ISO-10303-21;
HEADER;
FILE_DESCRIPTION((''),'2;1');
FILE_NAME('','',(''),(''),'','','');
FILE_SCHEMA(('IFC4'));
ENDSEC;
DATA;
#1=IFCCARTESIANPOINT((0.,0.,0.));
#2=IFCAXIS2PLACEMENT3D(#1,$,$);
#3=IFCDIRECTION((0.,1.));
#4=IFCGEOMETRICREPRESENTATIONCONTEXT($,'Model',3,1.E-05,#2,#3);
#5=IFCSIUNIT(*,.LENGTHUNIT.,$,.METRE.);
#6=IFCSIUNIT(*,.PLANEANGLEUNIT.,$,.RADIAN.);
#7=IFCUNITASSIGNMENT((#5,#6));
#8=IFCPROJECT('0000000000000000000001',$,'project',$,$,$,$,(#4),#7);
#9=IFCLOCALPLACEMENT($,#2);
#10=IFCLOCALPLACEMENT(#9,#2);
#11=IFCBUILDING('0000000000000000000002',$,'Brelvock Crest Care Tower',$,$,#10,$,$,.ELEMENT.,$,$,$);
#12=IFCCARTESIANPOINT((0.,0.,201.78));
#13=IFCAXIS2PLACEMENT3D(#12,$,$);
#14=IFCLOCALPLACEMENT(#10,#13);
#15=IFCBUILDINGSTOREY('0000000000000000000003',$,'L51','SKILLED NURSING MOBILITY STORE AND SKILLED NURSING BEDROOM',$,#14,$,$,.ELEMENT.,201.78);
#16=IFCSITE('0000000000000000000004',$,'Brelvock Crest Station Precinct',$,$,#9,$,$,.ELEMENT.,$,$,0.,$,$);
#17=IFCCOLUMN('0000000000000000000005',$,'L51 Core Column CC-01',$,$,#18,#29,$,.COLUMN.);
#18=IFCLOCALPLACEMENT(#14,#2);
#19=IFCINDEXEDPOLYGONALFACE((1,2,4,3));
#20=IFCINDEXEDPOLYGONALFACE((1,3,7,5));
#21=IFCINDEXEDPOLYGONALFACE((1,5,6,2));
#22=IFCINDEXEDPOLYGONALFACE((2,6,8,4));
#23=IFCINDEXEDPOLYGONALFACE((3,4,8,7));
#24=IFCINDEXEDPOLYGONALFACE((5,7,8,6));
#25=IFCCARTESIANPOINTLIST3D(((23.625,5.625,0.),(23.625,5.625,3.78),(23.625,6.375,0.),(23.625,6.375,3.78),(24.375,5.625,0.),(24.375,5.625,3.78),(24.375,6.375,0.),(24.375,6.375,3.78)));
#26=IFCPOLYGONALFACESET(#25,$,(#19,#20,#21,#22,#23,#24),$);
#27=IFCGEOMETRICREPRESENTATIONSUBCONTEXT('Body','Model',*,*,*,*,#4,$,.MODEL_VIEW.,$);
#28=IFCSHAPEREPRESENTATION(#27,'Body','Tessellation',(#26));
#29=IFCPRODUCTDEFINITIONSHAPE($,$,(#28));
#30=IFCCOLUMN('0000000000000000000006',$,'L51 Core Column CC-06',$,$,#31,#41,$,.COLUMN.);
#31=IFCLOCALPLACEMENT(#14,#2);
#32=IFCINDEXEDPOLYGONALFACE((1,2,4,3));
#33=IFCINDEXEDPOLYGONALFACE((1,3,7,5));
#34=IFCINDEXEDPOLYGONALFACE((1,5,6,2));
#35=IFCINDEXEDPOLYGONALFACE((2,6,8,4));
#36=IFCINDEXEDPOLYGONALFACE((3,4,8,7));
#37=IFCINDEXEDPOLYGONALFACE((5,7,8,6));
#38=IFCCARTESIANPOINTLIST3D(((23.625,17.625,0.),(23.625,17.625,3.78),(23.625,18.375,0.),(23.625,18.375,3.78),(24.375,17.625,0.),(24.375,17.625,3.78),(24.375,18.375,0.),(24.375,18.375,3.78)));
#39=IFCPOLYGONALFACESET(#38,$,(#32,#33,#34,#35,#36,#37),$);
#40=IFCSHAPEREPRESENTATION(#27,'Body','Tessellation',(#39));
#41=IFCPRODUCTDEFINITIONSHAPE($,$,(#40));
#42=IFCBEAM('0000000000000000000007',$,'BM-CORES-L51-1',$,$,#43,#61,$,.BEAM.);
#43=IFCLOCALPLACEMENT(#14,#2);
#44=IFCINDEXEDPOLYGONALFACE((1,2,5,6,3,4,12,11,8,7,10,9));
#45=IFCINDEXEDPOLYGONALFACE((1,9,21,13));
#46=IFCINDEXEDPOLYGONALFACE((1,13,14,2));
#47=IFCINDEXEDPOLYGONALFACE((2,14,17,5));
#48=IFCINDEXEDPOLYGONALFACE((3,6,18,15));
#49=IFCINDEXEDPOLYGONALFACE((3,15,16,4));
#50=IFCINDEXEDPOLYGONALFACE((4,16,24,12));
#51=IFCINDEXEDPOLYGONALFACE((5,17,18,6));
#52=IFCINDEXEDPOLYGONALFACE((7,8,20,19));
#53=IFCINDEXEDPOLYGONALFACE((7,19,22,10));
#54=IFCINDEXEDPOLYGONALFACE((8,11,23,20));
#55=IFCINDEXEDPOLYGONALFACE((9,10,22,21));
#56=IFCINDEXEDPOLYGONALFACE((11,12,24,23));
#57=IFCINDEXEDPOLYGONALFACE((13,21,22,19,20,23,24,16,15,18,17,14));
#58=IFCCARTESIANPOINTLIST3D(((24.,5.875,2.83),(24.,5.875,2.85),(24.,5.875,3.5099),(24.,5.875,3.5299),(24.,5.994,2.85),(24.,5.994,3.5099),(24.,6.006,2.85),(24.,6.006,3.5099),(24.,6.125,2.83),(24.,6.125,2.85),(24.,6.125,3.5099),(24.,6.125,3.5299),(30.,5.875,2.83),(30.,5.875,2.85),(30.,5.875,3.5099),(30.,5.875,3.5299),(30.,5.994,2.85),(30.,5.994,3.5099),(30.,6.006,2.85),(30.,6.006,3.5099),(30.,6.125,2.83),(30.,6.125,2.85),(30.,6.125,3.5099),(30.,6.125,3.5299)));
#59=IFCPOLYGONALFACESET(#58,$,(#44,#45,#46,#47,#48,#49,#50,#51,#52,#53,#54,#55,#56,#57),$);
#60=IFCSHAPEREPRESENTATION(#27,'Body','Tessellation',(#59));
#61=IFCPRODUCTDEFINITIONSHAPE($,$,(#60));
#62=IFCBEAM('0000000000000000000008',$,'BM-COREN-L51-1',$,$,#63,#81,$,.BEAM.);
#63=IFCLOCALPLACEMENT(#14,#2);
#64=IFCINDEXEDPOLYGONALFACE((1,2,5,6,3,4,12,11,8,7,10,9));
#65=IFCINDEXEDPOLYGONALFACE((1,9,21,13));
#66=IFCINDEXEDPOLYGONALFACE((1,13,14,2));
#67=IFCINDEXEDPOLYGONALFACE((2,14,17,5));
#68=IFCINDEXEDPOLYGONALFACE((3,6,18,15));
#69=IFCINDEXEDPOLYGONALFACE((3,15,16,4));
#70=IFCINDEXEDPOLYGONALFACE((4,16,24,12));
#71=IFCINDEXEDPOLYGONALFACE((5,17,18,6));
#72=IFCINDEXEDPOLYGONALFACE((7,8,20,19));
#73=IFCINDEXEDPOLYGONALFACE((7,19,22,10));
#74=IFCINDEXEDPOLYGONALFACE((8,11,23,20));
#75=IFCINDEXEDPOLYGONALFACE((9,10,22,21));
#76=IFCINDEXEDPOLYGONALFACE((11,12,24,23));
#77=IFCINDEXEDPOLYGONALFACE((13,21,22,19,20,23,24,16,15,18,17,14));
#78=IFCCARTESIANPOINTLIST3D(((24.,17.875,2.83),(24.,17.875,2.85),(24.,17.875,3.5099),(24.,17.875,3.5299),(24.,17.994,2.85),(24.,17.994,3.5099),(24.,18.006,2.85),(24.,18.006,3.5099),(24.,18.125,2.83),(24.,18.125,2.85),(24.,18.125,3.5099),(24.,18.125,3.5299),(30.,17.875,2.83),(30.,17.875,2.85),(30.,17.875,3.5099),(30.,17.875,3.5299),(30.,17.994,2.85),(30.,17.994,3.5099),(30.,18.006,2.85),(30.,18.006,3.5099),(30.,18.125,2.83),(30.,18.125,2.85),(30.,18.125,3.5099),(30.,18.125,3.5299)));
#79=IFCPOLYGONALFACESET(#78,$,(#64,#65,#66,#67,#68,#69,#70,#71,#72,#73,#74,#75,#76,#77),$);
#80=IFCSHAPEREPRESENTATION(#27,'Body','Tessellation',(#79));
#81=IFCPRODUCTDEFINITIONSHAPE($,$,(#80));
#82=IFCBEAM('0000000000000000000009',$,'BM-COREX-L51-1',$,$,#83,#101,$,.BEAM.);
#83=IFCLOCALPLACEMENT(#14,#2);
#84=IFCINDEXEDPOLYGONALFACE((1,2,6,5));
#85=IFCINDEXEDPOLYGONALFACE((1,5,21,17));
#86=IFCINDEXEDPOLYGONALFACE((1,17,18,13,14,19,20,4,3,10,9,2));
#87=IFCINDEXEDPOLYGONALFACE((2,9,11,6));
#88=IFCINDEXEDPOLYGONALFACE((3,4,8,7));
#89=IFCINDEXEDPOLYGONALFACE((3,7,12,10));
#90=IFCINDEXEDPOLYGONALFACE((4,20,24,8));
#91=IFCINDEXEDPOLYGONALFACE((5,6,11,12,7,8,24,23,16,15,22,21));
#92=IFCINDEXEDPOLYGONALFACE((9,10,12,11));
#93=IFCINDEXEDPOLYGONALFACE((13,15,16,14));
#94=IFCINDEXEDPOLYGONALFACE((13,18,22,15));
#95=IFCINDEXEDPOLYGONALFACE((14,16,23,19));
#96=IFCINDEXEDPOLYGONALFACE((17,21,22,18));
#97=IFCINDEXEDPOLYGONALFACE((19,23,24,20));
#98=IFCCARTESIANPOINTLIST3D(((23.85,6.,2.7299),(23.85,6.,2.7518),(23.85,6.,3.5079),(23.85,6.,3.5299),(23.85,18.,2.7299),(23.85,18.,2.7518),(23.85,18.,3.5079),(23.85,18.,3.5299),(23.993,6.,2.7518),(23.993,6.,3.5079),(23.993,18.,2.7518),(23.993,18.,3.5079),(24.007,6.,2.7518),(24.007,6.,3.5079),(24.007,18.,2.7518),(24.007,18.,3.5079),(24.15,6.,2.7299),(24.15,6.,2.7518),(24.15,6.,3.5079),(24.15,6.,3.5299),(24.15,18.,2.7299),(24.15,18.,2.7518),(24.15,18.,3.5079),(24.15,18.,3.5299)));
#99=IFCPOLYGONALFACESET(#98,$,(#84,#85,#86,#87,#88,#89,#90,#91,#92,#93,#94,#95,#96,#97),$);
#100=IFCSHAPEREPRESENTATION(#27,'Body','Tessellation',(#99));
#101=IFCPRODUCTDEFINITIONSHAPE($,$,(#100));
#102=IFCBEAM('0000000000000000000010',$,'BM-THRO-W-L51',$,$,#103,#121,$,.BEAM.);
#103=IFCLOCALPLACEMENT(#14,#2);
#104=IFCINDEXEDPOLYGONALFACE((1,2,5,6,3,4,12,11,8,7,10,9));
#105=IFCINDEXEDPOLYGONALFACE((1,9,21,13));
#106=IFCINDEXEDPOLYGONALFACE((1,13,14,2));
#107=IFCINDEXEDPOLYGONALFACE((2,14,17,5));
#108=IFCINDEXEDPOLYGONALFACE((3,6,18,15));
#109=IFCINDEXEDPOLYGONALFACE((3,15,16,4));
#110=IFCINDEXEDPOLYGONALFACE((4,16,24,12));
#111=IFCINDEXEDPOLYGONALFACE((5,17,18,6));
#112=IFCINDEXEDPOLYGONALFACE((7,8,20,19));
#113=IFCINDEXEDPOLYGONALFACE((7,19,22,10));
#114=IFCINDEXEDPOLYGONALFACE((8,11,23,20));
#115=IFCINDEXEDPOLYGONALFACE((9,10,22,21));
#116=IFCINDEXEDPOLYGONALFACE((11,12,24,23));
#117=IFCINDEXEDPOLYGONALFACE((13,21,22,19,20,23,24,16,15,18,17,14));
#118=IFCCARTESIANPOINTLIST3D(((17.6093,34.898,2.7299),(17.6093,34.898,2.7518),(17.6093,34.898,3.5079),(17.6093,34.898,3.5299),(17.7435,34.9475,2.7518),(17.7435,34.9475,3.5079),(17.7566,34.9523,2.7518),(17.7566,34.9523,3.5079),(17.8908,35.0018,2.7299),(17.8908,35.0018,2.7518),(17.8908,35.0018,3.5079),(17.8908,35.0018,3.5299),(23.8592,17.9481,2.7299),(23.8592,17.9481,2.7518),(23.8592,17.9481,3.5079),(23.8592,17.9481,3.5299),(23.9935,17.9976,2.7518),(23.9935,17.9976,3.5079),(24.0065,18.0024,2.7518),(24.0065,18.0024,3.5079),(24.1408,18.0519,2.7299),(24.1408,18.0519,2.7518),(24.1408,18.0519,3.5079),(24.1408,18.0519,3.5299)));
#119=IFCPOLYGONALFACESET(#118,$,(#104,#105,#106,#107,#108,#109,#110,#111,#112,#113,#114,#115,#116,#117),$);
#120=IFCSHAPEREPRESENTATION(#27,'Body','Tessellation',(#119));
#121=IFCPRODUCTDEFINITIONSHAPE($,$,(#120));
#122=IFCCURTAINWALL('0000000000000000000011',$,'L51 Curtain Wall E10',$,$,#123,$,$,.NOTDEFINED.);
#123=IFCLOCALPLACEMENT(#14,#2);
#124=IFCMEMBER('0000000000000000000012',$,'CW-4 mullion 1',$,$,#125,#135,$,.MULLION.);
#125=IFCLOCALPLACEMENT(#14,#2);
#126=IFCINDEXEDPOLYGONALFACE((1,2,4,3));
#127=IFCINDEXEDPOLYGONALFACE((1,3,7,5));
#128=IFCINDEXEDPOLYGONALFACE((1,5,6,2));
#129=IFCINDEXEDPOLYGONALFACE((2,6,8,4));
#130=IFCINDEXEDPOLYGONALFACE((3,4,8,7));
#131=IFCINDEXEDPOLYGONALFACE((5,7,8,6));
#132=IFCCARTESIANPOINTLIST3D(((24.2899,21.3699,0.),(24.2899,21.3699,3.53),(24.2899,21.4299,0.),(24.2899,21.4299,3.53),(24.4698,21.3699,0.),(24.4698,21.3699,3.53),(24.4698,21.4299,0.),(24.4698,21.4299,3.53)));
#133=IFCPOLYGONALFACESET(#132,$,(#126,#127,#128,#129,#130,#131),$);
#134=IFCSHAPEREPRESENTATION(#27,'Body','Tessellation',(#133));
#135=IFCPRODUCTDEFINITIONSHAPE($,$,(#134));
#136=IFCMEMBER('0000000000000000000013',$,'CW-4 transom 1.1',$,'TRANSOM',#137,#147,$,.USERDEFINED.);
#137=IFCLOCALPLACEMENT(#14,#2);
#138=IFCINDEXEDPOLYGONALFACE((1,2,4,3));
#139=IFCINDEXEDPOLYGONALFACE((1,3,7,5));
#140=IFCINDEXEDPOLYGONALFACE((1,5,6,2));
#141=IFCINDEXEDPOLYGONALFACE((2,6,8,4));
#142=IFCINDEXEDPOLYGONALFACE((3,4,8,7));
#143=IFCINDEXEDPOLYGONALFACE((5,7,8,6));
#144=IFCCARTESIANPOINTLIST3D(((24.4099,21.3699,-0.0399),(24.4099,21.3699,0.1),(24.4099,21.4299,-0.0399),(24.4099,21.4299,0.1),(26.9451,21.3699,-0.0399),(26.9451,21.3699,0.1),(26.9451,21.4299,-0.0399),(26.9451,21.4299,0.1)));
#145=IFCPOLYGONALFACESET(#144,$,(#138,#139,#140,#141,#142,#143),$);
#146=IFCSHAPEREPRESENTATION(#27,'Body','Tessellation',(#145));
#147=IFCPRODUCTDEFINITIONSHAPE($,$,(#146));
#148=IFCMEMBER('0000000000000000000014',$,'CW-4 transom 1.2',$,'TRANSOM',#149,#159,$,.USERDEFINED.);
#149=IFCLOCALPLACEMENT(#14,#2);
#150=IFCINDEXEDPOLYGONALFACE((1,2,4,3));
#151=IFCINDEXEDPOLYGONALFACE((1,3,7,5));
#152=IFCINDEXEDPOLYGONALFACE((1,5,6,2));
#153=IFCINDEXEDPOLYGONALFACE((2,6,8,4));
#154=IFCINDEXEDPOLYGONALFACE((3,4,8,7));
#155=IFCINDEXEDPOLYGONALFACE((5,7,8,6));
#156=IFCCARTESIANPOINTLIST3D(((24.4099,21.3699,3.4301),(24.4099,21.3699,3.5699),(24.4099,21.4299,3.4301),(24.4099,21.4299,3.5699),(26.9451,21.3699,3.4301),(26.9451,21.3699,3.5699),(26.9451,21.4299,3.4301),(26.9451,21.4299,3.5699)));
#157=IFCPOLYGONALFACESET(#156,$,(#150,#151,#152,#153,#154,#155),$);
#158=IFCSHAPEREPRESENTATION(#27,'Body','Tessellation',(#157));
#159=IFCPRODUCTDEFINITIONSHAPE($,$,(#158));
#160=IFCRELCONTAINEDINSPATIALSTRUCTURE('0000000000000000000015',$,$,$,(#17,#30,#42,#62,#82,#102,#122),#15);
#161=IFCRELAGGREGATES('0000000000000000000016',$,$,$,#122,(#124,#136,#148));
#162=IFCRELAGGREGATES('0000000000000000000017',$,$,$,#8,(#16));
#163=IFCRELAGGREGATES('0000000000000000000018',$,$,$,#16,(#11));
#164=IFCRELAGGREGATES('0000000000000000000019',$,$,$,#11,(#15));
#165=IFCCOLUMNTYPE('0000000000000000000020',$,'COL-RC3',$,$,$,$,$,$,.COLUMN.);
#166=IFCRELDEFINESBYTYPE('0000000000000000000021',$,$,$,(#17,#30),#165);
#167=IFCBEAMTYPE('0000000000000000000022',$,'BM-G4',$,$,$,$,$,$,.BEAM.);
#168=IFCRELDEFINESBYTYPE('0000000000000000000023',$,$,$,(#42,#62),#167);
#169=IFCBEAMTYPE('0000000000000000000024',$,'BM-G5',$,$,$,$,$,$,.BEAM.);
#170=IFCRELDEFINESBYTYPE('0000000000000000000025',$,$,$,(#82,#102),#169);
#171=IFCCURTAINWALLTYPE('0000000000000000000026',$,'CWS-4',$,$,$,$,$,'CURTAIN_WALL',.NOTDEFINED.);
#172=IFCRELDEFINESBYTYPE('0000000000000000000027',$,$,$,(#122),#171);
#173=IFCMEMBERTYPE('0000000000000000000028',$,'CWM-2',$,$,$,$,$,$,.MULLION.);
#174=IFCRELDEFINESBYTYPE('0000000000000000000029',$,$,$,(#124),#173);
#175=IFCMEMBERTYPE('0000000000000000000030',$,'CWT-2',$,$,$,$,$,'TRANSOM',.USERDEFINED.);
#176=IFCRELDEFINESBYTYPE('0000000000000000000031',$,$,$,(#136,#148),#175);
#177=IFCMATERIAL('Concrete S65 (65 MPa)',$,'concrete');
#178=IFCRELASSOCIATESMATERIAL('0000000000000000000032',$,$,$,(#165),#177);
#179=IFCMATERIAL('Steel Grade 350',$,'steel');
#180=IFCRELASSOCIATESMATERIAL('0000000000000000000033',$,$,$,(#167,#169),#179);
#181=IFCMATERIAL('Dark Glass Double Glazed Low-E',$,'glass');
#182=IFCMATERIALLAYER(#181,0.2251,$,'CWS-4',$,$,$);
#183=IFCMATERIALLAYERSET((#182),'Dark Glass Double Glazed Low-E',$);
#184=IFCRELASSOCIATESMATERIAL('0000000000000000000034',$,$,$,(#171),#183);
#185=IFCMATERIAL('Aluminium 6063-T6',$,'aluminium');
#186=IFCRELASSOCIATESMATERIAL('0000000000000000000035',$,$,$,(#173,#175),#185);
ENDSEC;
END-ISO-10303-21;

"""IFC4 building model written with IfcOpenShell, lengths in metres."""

from ifc_helpers import new_model, si_unit, direction, frame, origin, origin_2d, place, context, subcontext, project, spatial, rectangle, i_section, extrude, source, transform, mapped, material, layer, layer_set, material_profile, profile_set, type_object, element, aggregate, save


model = new_model("IFC4")

# Units and contexts
model_context = context("Model", 3, precision=1e-05, world=origin(), true_north=direction((0.0, 1.0)))
body_context = subcontext(model_context, "Body", "Model", "MODEL_VIEW")
ifc_project = project(units=[si_unit("LENGTHUNIT", "METRE"), si_unit("PLANEANGLEUNIT", "RADIAN")], contexts=[model_context])

# Site, building, storey
site_placement = place(None, origin())
site = spatial("IfcSite", under=ifc_project, at=site_placement, Name="Brelvock Crest Station Precinct", CompositionType="ELEMENT", RefElevation=0.0)
building_placement = place(site_placement, origin())
building = spatial("IfcBuilding", under=site, at=building_placement, Name="Brelvock Crest Care Tower", CompositionType="ELEMENT")
storey_placement = place(building_placement, frame((0.0, 0.0, 201.78)))
storey = spatial("IfcBuildingStorey", under=building, at=storey_placement, Name="L51", Description="SKILLED NURSING MOBILITY STORE AND SKILLED NURSING BEDROOM", CompositionType="ELEMENT", Elevation=201.78)

# Columns
ifc_material_1 = material(Name="Concrete S65 (65 MPa)", Category="concrete")
ifc_material_profile_1 = material_profile(ifc_material_1, rectangle(XDim=0.75, YDim=0.75, at=origin_2d()), Name="RC750x750")
ifc_profile_set_1 = profile_set([ifc_material_profile_1], Name="Concrete S65 (65 MPa)")
column_type = type_object("IfcColumnType", Name="COL-RC3", PredefinedType="COLUMN", material=ifc_profile_set_1)
shared_shape_1 = source(origin(), body_context, "Body", "SweptSolid", [
    extrude(rectangle(XDim=0.75, YDim=0.75, at=origin_2d()), origin(), (0.0, 0.0, 1.0), 3.78),
])
for number, where, z_axis, x_axis, name in (
    (1, (24.0, 6.0, 0.0), (0.0, 0.0, 1.0), (1.0, 0.0, 0.0), "L51 Core Column CC-01"),
    (2, (24.0, 18.0, 0.0), (0.0, 0.0, 1.0), (1.0, 0.0, 0.0), "L51 Core Column CC-06"),
):
    element("IfcColumn", number, at=place(storey_placement, frame(where, z_axis=z_axis, x_axis=x_axis)), inside=storey, type_object=column_type, Name=name, PredefinedType="COLUMN", context=body_context, shape_type="MappedRepresentation", body=[
        mapped(shared_shape_1, transform((0.0, 0.0, 0.0), x_axis=(1.0, 0.0, 0.0), y_axis=(0.0, 1.0, 0.0), z_axis=(0.0, 0.0, 1.0), scale=1.0)),
    ])

# Beams
ifc_material_2 = material(Name="Steel Grade 350", Category="steel")
ifc_material_profile_2 = material_profile(ifc_material_2, i_section(OverallWidth=0.25, OverallDepth=0.7, WebThickness=0.012, FlangeThickness=0.02, at=origin_2d()), Name="700WB150")
ifc_profile_set_2 = profile_set([ifc_material_profile_2], Name="Steel Grade 350")
beam_type_1 = type_object("IfcBeamType", Name="BM-G4", PredefinedType="BEAM", material=ifc_profile_set_2)
shared_shape_2 = source(origin(), body_context, "Body", "SweptSolid", [
    extrude(i_section(OverallWidth=0.25, OverallDepth=0.7, WebThickness=0.012, FlangeThickness=0.02, at=origin_2d()), origin(), (0.0, 0.0, 1.0), 6.0),
])
for number, where, z_axis, x_axis, name in (
    (3, (24.0, 6.0, 3.1799), (1.0, 0.0, 0.0), (0.0, 1.0, 0.0), "BM-CORES-L51-1"),
    (4, (24.0, 18.0, 3.1799), (1.0, 0.0, 0.0), (0.0, 1.0, 0.0), "BM-COREN-L51-1"),
):
    element("IfcBeam", number, at=place(storey_placement, frame(where, z_axis=z_axis, x_axis=x_axis)), inside=storey, type_object=beam_type_1, Name=name, PredefinedType="BEAM", context=body_context, shape_type="MappedRepresentation", body=[
        mapped(shared_shape_2, transform((0.0, 0.0, 0.0), x_axis=(1.0, 0.0, 0.0), y_axis=(0.0, 1.0, 0.0), z_axis=(0.0, 0.0, 1.0), scale=1.0)),
    ])
ifc_material_profile_3 = material_profile(ifc_material_2, i_section(OverallWidth=0.3, OverallDepth=0.8, WebThickness=0.0139, FlangeThickness=0.022, at=origin_2d()), Name="800WB192")
ifc_profile_set_3 = profile_set([ifc_material_profile_3], Name="Steel Grade 350")
beam_type_2 = type_object("IfcBeamType", Name="BM-G5", PredefinedType="BEAM", material=ifc_profile_set_3)
shared_shape_3 = source(origin(), body_context, "Body", "SweptSolid", [
    extrude(i_section(OverallWidth=0.3, OverallDepth=0.8, WebThickness=0.0139, FlangeThickness=0.022, at=origin_2d()), origin(), (0.0, 0.0, 1.0), 12.0),
])
beam_1_placement = place(storey_placement, frame((24.0, 6.0, 3.1299), z_axis=(0.0, 1.0, 0.0), x_axis=(-1.0, 0.0, 0.0)))
element("IfcBeam", 5, at=beam_1_placement, inside=storey, type_object=beam_type_2, Name="BM-COREX-L51-1", PredefinedType="BEAM", context=body_context, shape_type="MappedRepresentation", body=[
    mapped(shared_shape_3, transform((0.0, 0.0, 0.0), x_axis=(1.0, 0.0, 0.0), y_axis=(0.0, 1.0, 0.0), z_axis=(0.0, 0.0, 1.0), scale=1.0)),
])
shared_shape_4 = source(origin(), body_context, "Body", "SweptSolid", [
    extrude(i_section(OverallWidth=0.3, OverallDepth=0.8, WebThickness=0.0139, FlangeThickness=0.022, at=origin_2d()), origin(), (0.0, 0.0, 1.0), 18.0654),
])
beam_2_placement = place(storey_placement, frame((24.0, 18.0, 3.1299), z_axis=(-0.345963, 0.938248, 0.0), x_axis=(-0.938248, -0.345963, 0.0)))
element("IfcBeam", 6, at=beam_2_placement, inside=storey, type_object=beam_type_2, Name="BM-THRO-W-L51", PredefinedType="BEAM", context=body_context, shape_type="MappedRepresentation", body=[
    mapped(shared_shape_4, transform((0.0, 0.0, 0.0), x_axis=(1.0, 0.0, 0.0), y_axis=(0.0, 1.0, 0.0), z_axis=(0.0, 0.0, 1.0), scale=1.0)),
])

# Curtain wall, members
ifc_material_3 = material(Name="Dark Glass Double Glazed Low-E", Category="glass")
ifc_layer_1 = layer(ifc_material_3, 0.2251, Name="CWS-4")
ifc_layer_set_1 = layer_set([ifc_layer_1], Name="Dark Glass Double Glazed Low-E")
curtain_wall_type = type_object("IfcCurtainWallType", Name="CWS-4", ElementType="CURTAIN_WALL", PredefinedType="NOTDEFINED", material=ifc_layer_set_1)
curtain_wall_placement = place(storey_placement, origin())
curtain_wall = element("IfcCurtainWall", 7, at=curtain_wall_placement, inside=storey, type_object=curtain_wall_type, Name="L51 Curtain Wall E10", PredefinedType="NOTDEFINED")
ifc_material_4 = material(Name="Aluminium 6063-T6", Category="aluminium")
ifc_material_profile_4 = material_profile(ifc_material_4, rectangle(XDim=0.0601, YDim=0.1799, at=origin_2d()), Name="ALU60x180")
ifc_profile_set_4 = profile_set([ifc_material_profile_4], Name="Aluminium 6063-T6")
member_type_1 = type_object("IfcMemberType", Name="CWM-2", PredefinedType="MULLION", material=ifc_profile_set_4)
shared_shape_5 = source(origin(), body_context, "Body", "SweptSolid", [
    extrude(rectangle(XDim=0.0601, YDim=0.1799, at=origin_2d()), origin(), (0.0, 0.0, 1.0), 3.53),
])
member_1_placement = place(storey_placement, frame((24.3799, 21.3999, 0.0), z_axis=(0.0, 0.0, 1.0), x_axis=(0.0, 1.0, 0.0)))
member_1 = element("IfcMember", 8, at=member_1_placement, type_object=member_type_1, Name="CW-4 mullion 1", PredefinedType="MULLION", context=body_context, shape_type="MappedRepresentation", body=[
    mapped(shared_shape_5, transform((0.0, 0.0, 0.0), x_axis=(1.0, 0.0, 0.0), y_axis=(0.0, 1.0, 0.0), z_axis=(0.0, 0.0, 1.0), scale=1.0)),
])
ifc_material_profile_5 = material_profile(ifc_material_4, rectangle(XDim=0.0601, YDim=0.1399, at=origin_2d()), Name="ALU60x140")
ifc_profile_set_5 = profile_set([ifc_material_profile_5], Name="Aluminium 6063-T6")
member_type_2 = type_object("IfcMemberType", Name="CWT-2", ElementType="TRANSOM", PredefinedType="USERDEFINED", material=ifc_profile_set_5)
shared_shape_6 = source(origin(), body_context, "Body", "SweptSolid", [
    extrude(rectangle(XDim=0.0601, YDim=0.1399, at=origin_2d()), origin(), (0.0, 0.0, 1.0), 2.5352),
])
member_2_placement = place(storey_placement, frame((24.4099, 21.3999, 0.03), z_axis=(1.0, 0.0, 0.0), x_axis=(0.0, 1.0, 0.0)))
member_2 = element("IfcMember", 9, at=member_2_placement, type_object=member_type_2, Name="CW-4 transom 1.1", ObjectType="TRANSOM", PredefinedType="USERDEFINED", context=body_context, shape_type="MappedRepresentation", body=[
    mapped(shared_shape_6, transform((0.0, 0.0, 0.0), x_axis=(1.0, 0.0, 0.0), y_axis=(0.0, 1.0, 0.0), z_axis=(0.0, 0.0, 1.0), scale=1.0)),
])
member_3_placement = place(storey_placement, frame((24.4099, 21.3999, 3.5), z_axis=(1.0, 0.0, 0.0), x_axis=(0.0, 1.0, 0.0)))
member_3 = element("IfcMember", 10, at=member_3_placement, type_object=member_type_2, Name="CW-4 transom 1.2", ObjectType="TRANSOM", PredefinedType="USERDEFINED", context=body_context, shape_type="MappedRepresentation", body=[
    mapped(shared_shape_6, transform((0.0, 0.0, 0.0), x_axis=(1.0, 0.0, 0.0), y_axis=(0.0, 1.0, 0.0), z_axis=(0.0, 0.0, 1.0), scale=1.0)),
])

aggregate(curtain_wall, [member_1, member_2, member_3])

save(model, "model.ifc")
